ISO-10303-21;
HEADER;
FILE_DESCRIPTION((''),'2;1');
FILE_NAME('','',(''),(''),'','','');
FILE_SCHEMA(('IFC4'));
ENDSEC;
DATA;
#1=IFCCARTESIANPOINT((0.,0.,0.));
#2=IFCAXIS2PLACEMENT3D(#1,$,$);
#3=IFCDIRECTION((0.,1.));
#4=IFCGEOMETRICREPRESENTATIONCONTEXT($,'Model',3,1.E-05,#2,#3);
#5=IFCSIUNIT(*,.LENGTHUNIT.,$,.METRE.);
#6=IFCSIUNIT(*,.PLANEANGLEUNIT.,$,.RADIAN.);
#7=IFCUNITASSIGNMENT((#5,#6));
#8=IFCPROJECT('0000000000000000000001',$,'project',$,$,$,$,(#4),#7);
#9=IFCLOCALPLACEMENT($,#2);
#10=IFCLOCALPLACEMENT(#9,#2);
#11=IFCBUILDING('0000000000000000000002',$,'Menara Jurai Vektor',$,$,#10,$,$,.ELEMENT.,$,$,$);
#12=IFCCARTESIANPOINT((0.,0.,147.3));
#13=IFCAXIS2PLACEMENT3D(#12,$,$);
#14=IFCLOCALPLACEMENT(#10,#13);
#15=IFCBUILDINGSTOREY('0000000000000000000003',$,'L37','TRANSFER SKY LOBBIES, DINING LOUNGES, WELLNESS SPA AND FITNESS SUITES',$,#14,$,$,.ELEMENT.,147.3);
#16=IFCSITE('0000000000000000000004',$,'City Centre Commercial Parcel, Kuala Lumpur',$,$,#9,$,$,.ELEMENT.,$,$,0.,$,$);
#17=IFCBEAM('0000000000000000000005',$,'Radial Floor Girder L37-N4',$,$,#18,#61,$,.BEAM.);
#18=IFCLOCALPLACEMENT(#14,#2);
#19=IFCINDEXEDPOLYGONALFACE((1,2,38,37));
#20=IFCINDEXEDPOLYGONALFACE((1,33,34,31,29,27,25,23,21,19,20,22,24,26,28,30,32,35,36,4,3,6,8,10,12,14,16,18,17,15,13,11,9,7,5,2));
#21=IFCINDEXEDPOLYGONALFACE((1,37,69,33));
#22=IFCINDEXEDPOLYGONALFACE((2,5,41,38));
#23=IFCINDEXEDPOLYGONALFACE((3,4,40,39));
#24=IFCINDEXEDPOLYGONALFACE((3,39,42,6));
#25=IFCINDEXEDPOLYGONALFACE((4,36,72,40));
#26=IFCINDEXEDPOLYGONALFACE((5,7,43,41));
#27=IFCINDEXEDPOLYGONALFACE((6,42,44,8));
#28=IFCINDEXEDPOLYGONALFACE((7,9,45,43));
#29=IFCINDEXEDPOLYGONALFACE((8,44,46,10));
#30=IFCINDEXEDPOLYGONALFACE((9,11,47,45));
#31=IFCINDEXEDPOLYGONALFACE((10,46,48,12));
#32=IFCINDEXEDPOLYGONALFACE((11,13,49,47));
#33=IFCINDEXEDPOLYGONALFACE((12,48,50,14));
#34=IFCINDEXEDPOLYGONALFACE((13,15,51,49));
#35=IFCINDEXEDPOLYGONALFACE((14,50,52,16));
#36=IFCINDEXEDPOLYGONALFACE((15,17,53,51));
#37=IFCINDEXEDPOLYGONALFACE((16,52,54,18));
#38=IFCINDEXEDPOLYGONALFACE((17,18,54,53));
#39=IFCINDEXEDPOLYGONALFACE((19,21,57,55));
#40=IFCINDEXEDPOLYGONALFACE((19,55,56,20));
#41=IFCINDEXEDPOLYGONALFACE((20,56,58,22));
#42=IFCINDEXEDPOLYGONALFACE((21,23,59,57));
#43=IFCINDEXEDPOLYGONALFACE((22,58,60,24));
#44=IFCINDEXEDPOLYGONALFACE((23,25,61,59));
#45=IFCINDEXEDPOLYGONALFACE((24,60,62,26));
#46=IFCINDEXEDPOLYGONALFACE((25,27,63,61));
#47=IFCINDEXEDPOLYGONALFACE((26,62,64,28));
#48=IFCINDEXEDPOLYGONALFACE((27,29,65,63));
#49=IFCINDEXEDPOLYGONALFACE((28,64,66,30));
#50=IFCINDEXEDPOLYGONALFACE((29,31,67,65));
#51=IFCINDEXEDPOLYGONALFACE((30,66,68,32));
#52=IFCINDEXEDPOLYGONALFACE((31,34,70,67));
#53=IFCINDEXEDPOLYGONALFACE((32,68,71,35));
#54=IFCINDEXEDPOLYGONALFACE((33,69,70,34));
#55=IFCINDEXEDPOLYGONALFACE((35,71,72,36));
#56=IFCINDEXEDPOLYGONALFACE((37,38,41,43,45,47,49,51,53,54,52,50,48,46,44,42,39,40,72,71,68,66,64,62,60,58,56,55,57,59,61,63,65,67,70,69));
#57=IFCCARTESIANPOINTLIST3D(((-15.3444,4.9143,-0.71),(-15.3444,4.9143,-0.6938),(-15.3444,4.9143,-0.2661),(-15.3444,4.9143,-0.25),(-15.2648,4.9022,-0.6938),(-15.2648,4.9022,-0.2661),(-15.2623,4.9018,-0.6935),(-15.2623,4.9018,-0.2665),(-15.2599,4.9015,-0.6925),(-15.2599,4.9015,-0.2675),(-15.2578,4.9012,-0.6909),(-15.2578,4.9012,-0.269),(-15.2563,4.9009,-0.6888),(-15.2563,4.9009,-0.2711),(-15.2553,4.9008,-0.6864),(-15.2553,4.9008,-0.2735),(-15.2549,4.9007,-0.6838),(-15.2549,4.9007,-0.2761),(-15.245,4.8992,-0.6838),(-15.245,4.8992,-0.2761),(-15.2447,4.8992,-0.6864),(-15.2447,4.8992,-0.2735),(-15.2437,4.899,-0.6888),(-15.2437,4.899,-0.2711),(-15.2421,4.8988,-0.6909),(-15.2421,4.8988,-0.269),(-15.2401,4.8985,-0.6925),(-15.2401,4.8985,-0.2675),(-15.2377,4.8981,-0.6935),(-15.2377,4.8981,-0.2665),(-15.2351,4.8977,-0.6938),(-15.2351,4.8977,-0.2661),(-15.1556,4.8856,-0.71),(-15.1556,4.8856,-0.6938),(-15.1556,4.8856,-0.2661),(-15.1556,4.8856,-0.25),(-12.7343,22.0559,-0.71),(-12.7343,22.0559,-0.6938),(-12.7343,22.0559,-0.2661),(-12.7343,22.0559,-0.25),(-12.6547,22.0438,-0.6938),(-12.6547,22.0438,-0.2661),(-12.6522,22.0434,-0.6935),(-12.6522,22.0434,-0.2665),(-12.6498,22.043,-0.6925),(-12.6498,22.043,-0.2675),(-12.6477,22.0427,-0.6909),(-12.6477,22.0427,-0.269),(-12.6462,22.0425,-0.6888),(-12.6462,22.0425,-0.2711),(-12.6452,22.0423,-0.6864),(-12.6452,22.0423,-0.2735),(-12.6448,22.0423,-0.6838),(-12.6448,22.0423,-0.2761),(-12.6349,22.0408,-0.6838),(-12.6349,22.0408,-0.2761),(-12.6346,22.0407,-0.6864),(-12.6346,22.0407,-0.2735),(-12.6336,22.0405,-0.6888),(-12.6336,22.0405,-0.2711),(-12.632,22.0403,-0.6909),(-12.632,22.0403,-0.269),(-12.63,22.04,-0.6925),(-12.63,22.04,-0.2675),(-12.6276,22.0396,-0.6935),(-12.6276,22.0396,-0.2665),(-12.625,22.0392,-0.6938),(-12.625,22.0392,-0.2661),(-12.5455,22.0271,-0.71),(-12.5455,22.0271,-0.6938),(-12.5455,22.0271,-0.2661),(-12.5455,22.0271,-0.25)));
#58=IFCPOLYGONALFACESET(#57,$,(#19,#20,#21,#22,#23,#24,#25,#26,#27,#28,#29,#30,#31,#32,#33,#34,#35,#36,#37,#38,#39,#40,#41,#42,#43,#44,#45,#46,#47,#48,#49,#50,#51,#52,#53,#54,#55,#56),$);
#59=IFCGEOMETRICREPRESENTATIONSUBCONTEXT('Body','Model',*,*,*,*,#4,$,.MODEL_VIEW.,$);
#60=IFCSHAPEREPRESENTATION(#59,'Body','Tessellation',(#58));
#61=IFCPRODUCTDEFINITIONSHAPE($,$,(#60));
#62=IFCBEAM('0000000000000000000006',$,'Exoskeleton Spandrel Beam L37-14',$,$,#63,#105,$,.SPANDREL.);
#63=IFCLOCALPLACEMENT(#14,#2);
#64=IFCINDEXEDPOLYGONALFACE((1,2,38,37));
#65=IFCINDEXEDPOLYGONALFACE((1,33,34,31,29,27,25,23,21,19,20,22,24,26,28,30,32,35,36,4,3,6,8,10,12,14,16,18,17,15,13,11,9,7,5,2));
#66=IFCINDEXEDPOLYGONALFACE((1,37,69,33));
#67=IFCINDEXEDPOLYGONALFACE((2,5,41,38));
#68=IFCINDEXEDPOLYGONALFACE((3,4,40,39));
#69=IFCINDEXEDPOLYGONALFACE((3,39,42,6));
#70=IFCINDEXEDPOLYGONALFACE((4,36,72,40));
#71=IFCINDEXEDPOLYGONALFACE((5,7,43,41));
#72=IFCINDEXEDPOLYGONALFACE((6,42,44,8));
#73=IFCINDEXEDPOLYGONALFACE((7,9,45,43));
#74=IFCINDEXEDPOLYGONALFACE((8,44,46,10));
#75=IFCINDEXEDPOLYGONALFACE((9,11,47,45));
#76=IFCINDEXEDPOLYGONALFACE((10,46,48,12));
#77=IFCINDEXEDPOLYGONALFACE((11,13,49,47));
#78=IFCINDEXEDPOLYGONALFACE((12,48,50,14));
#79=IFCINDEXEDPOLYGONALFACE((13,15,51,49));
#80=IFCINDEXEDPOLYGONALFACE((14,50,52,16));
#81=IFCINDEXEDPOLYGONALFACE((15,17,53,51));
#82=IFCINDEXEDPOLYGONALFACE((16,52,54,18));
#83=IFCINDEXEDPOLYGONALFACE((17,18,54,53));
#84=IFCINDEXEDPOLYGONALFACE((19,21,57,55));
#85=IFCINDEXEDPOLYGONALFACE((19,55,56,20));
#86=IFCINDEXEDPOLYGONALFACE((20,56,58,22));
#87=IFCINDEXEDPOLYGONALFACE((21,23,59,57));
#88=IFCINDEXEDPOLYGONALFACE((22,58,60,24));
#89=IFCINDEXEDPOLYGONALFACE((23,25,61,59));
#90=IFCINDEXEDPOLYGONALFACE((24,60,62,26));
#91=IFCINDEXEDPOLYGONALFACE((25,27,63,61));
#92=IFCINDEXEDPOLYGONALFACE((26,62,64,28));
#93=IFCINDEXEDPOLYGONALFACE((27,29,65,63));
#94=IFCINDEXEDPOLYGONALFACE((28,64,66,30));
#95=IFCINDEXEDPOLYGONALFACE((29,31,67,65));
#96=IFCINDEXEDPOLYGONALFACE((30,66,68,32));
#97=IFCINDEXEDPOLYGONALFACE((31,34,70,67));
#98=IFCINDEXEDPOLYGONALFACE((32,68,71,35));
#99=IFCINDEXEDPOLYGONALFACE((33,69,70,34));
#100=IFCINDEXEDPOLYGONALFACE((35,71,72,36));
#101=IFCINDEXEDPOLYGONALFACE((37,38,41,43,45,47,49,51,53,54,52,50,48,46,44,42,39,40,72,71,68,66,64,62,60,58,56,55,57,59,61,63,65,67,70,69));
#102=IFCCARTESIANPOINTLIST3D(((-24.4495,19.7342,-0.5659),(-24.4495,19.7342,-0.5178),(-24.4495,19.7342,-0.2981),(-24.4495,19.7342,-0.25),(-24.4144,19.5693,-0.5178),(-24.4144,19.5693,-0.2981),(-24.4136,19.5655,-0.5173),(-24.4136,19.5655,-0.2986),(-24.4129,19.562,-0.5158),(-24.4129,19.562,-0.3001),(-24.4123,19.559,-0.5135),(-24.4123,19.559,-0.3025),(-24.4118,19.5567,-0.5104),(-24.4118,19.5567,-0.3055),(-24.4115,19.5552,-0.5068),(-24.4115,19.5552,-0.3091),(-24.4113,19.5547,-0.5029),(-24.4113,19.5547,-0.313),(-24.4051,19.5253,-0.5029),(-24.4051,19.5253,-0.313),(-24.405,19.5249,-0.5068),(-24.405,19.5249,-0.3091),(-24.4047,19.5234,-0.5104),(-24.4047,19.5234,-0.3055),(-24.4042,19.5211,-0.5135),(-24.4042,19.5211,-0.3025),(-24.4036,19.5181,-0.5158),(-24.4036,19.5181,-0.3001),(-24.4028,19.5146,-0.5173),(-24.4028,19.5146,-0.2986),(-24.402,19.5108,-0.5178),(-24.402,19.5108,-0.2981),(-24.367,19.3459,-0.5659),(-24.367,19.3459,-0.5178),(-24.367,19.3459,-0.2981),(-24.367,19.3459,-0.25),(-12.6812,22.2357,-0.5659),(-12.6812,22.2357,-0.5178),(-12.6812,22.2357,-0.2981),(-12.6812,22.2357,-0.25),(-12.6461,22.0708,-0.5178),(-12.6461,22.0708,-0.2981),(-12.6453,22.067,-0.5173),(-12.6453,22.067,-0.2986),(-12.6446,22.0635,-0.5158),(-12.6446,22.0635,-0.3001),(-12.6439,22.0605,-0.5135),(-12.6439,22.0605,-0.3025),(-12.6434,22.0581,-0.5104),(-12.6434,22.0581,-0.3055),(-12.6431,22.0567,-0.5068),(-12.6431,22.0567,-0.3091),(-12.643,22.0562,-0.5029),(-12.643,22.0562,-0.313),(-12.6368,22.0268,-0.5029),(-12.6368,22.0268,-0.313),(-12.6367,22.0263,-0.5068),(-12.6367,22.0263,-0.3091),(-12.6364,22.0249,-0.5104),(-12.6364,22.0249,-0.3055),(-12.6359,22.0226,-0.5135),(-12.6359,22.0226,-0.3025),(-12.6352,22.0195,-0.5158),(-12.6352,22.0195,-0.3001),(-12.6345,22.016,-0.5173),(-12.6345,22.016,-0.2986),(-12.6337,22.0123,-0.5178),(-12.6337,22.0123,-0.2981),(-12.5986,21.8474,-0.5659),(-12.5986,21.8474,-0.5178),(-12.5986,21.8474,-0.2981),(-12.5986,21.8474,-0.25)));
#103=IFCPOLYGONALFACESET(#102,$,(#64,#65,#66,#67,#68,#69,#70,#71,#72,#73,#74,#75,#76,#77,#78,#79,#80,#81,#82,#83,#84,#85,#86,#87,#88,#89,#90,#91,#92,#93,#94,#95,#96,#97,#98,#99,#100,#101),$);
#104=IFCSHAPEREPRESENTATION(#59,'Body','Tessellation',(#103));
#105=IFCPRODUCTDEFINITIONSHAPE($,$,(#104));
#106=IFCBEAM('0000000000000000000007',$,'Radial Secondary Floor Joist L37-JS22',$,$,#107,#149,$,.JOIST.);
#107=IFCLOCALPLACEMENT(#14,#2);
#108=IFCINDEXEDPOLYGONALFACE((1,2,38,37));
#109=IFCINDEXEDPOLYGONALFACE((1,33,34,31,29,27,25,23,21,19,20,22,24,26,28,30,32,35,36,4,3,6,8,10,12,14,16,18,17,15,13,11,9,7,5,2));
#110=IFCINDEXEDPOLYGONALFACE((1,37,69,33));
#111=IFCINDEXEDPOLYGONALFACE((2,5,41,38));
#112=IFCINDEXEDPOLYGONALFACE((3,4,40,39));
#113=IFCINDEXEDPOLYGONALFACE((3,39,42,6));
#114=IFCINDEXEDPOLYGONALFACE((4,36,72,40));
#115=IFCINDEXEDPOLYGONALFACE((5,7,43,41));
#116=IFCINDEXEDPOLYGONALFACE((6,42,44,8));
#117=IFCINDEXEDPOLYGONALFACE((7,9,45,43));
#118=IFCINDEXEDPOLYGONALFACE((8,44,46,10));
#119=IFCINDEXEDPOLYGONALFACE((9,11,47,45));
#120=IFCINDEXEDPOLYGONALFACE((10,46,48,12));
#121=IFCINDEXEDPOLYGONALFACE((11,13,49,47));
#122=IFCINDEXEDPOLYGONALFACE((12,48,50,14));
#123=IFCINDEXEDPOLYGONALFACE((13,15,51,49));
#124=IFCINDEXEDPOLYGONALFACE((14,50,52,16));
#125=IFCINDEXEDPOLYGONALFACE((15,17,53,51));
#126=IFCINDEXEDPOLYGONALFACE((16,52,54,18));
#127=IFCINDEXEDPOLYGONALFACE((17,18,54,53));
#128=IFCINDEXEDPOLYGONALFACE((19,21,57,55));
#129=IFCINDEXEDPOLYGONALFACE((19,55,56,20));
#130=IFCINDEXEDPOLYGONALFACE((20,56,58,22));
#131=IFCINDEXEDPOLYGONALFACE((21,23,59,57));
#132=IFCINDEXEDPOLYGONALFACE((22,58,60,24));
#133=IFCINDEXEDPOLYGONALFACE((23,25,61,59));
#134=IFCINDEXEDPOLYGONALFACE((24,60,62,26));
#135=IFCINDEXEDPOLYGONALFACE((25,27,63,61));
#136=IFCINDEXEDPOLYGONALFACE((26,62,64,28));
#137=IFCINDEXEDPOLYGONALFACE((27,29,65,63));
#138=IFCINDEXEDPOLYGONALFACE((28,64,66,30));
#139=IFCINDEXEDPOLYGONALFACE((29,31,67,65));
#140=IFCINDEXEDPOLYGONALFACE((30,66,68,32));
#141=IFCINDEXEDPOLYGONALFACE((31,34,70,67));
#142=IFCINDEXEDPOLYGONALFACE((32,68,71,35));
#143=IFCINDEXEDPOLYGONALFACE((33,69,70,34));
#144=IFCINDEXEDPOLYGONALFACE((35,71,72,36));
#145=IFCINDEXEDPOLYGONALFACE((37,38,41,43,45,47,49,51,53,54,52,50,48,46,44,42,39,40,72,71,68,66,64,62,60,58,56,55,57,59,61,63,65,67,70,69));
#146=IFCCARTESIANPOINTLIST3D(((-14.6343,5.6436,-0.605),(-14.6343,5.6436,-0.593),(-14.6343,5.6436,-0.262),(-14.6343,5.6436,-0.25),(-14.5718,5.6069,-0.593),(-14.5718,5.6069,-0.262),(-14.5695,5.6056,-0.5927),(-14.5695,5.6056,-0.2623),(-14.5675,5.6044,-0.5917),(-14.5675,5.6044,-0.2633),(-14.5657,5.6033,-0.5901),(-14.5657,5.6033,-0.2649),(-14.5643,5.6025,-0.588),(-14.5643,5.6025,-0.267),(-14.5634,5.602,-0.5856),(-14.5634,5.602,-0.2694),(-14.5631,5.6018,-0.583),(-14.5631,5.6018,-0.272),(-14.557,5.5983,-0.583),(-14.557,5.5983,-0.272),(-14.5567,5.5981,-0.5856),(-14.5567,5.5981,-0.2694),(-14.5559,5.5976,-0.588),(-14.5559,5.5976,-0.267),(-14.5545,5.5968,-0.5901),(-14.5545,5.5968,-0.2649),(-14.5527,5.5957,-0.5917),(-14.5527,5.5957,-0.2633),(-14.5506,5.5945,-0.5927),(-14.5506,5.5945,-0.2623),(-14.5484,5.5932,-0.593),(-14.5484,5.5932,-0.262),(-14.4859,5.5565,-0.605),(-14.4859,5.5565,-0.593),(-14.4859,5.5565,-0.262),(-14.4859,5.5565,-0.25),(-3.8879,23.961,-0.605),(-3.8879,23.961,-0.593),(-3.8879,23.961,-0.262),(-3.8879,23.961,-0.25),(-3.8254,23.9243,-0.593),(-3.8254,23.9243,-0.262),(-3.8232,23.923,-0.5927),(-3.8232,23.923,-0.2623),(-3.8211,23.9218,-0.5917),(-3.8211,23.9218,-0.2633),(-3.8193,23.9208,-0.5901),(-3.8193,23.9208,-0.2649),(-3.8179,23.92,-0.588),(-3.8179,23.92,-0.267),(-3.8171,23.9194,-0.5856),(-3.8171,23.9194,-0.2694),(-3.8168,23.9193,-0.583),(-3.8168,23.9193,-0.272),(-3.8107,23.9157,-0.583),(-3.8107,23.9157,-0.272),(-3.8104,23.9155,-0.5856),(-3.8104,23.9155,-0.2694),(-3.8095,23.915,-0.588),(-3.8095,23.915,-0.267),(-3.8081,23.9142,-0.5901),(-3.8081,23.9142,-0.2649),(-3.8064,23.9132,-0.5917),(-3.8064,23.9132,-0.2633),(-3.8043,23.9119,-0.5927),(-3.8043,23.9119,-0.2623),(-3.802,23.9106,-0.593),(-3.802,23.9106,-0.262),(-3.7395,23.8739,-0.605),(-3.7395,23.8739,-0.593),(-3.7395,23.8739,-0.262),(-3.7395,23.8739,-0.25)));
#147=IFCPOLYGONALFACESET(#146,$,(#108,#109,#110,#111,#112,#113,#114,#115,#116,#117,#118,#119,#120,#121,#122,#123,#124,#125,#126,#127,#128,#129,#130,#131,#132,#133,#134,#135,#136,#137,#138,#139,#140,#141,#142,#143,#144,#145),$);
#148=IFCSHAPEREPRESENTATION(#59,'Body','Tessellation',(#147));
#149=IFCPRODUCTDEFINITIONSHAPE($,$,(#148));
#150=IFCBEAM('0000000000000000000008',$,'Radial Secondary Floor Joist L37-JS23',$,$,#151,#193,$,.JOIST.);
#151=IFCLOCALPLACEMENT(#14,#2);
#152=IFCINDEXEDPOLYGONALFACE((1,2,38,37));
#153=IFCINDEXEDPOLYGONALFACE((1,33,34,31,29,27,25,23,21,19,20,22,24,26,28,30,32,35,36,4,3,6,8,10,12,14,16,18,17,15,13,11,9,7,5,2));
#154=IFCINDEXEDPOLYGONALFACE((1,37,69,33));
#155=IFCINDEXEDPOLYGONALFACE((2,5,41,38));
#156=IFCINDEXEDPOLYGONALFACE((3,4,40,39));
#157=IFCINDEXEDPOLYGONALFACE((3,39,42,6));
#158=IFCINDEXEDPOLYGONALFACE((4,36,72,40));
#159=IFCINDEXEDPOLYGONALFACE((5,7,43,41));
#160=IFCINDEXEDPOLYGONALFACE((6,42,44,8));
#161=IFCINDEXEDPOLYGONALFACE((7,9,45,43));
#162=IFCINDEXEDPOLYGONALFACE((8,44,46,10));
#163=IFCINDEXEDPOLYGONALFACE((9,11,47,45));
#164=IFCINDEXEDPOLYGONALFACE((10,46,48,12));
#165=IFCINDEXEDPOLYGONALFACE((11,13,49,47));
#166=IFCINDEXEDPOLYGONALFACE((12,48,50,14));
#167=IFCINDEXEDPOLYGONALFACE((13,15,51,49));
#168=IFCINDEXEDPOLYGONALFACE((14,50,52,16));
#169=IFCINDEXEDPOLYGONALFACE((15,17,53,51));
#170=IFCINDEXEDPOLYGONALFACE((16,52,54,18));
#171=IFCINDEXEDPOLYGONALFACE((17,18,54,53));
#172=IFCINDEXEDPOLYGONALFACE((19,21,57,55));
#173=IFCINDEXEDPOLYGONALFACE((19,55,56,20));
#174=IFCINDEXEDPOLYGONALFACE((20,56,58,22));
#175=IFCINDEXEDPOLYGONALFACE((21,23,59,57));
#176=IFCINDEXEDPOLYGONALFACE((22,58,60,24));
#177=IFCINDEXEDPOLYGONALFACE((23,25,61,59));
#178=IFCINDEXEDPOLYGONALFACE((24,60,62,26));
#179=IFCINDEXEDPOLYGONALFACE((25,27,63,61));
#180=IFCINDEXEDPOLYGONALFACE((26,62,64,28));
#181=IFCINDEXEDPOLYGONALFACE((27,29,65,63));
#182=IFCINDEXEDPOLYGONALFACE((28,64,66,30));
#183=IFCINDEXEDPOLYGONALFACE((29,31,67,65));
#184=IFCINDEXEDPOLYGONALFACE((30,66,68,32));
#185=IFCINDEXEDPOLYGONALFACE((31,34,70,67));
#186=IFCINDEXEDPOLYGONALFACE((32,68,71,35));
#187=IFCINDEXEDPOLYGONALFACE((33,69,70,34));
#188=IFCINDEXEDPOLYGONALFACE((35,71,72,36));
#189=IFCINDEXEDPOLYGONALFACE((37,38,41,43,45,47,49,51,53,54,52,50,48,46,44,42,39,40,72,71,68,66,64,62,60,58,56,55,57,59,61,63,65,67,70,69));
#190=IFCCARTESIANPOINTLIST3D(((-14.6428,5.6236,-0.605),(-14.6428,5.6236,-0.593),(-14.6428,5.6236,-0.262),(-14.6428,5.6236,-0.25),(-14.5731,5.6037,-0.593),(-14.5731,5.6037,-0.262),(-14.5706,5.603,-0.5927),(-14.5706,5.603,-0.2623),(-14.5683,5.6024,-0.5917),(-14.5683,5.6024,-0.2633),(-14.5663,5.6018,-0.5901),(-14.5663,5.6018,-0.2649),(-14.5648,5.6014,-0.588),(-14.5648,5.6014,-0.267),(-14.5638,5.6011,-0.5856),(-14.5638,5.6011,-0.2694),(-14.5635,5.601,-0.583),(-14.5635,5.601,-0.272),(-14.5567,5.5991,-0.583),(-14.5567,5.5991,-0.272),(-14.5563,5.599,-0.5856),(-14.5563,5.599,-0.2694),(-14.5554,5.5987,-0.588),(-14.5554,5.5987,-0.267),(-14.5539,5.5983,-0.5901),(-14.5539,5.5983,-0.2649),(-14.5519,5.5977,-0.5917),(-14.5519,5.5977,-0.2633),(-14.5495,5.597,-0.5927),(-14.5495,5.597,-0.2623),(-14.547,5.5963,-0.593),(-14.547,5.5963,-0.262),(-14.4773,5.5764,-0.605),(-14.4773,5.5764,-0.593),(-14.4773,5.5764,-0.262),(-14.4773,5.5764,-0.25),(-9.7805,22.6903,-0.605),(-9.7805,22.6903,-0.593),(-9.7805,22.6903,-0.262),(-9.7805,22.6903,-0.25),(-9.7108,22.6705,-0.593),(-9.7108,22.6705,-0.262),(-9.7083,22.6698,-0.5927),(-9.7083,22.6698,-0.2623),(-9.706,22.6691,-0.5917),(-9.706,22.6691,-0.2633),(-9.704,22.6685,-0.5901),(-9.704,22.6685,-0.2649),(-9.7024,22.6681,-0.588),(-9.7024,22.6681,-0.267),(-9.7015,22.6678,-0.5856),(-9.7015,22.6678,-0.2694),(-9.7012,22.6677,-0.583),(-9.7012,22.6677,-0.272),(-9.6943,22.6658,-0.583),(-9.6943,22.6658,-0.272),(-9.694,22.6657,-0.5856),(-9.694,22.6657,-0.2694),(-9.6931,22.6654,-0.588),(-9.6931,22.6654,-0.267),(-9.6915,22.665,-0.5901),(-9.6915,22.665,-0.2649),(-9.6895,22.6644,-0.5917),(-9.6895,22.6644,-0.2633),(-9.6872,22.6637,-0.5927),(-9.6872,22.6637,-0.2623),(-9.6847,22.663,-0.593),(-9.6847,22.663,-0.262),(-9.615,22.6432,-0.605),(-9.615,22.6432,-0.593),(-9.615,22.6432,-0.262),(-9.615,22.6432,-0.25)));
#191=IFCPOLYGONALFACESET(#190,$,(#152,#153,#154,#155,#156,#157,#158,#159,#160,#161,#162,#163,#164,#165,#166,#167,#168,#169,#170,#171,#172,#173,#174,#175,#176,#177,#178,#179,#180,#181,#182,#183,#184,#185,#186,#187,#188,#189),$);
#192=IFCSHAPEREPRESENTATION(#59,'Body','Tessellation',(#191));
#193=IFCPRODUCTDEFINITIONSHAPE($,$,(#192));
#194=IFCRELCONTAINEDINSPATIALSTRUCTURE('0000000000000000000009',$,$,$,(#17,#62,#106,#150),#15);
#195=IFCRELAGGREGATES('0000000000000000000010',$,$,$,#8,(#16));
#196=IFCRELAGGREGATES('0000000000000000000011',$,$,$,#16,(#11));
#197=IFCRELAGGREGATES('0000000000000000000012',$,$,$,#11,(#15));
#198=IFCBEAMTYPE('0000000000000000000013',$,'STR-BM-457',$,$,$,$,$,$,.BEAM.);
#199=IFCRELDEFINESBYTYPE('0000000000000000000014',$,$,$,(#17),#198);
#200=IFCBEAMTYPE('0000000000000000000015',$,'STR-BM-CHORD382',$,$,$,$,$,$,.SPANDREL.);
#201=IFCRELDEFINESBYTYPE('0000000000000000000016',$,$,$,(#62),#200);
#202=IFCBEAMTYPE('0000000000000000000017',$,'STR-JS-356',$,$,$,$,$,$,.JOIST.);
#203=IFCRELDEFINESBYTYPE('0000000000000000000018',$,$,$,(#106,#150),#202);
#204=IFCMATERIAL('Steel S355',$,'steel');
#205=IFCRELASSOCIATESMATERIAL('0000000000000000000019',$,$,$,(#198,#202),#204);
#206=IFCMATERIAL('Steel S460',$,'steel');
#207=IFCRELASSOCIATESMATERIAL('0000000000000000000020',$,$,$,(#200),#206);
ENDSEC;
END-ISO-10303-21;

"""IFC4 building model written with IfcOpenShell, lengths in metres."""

from ifc_helpers import new_model, si_unit, direction, frame, origin, origin_2d, place, context, subcontext, project, spatial, i_section, extrude, material, material_profile, profile_set, type_object, element, save


model = new_model("IFC4")

# Units and contexts
model_context = context("Model", 3, precision=1e-05, world=origin(), true_north=direction((0.0, 1.0)))
body_context = subcontext(model_context, "Body", "Model", "MODEL_VIEW")
ifc_project = project(units=[si_unit("LENGTHUNIT", "METRE"), si_unit("PLANEANGLEUNIT", "RADIAN")], contexts=[model_context])

# Site, building, storey
site_placement = place(None, origin())
site = spatial("IfcSite", under=ifc_project, at=site_placement, Name="City Centre Commercial Parcel, Kuala Lumpur", CompositionType="ELEMENT", RefElevation=0.0)
building_placement = place(site_placement, origin())
building = spatial("IfcBuilding", under=site, at=building_placement, Name="Menara Jurai Vektor", CompositionType="ELEMENT")
storey_placement = place(building_placement, frame((0.0, 0.0, 147.3)))
storey = spatial("IfcBuildingStorey", under=building, at=storey_placement, Name="L37", Description="TRANSFER SKY LOBBIES, DINING LOUNGES, WELLNESS SPA AND FITNESS SUITES", CompositionType="ELEMENT", Elevation=147.3)

# Shared definitions
ifc_material_1 = material(Name="Steel S460", Category="steel")

# Beams
ifc_material_2 = material(Name="Steel S355", Category="steel")
ifc_material_profile_1 = material_profile(ifc_material_2, i_section(OverallWidth=0.1909, OverallDepth=0.46, WebThickness=0.01, FlangeThickness=0.0161, FilletRadius=0.01, at=origin_2d()), Name="UKB 457x191x82")
ifc_profile_set_1 = profile_set([ifc_material_profile_1], Name="Steel S355")
beam_type_1 = type_object("IfcBeamType", Name="STR-BM-457", PredefinedType="BEAM", material=ifc_profile_set_1)
beam_1_placement = place(storey_placement, frame((-12.6399, 22.0415, -0.48), z_axis=(-0.150532, -0.988605, 0.0), x_axis=(0.988605, -0.150532, 0.0)))
element("IfcBeam", 1, at=beam_1_placement, inside=storey, type_object=beam_type_1, Name="Radial Floor Girder L37-N4", PredefinedType="BEAM", context=body_context, shape_type="SweptSolid", body=[
    extrude(i_section(OverallWidth=0.1909, OverallDepth=0.46, WebThickness=0.01, FlangeThickness=0.0161, FilletRadius=0.01, at=origin_2d()), origin(), (0.0, 0.0, 1.0), 17.3391),
])
ifc_material_profile_2 = material_profile(ifc_material_1, i_section(OverallWidth=0.397, OverallDepth=0.3159, WebThickness=0.03, FlangeThickness=0.0481, FilletRadius=0.0149, at=origin_2d()), Name="HD 400x382")
ifc_profile_set_2 = profile_set([ifc_material_profile_2], Name="Steel S460")
beam_type_2 = type_object("IfcBeamType", Name="STR-BM-CHORD382", PredefinedType="SPANDREL", material=ifc_profile_set_2)
beam_2_placement = place(storey_placement, frame((-12.6399, 22.0415, -0.408), z_axis=(-0.978147, -0.207914, 0.0), x_axis=(0.207914, -0.978147, 0.0)))
element("IfcBeam", 2, at=beam_2_placement, inside=storey, type_object=beam_type_2, Name="Exoskeleton Spandrel Beam L37-14", PredefinedType="SPANDREL", context=body_context, shape_type="SweptSolid", body=[
    extrude(i_section(OverallWidth=0.397, OverallDepth=0.3159, WebThickness=0.03, FlangeThickness=0.0481, FilletRadius=0.0149, at=origin_2d()), origin(), (0.0, 0.0, 1.0), 12.0312),
])
ifc_material_profile_3 = material_profile(ifc_material_2, i_section(OverallWidth=0.1721, OverallDepth=0.355, WebThickness=0.0071, FlangeThickness=0.012, FilletRadius=0.01, at=origin_2d()), Name="UKB 356x171x51")
ifc_profile_set_3 = profile_set([ifc_material_profile_3], Name="Steel S355")
beam_type_3 = type_object("IfcBeamType", Name="STR-JS-356", PredefinedType="JOIST", material=ifc_profile_set_3)
beam_3_placement = place(storey_placement, frame((-3.8137, 23.9175, -0.4275), z_axis=(-0.50602, -0.862522, 0.0), x_axis=(0.862522, -0.50602, 0.0)))
element("IfcBeam", 3, at=beam_3_placement, inside=storey, type_object=beam_type_3, Name="Radial Secondary Floor Joist L37-JS22", PredefinedType="JOIST", context=body_context, shape_type="SweptSolid", body=[
    extrude(i_section(OverallWidth=0.1721, OverallDepth=0.355, WebThickness=0.0071, FlangeThickness=0.012, FilletRadius=0.01, at=origin_2d()), origin(), (0.0, 0.0, 1.0), 21.2371),
])
beam_4_placement = place(storey_placement, frame((-9.6978, 22.6667, -0.4275), z_axis=(-0.273998, -0.96173, 0.0), x_axis=(0.96173, -0.273998, 0.0)))
element("IfcBeam", 4, at=beam_4_placement, inside=storey, type_object=beam_type_3, Name="Radial Secondary Floor Joist L37-JS23", PredefinedType="JOIST", context=body_context, shape_type="SweptSolid", body=[
    extrude(i_section(OverallWidth=0.1721, OverallDepth=0.355, WebThickness=0.0071, FlangeThickness=0.012, FilletRadius=0.01, at=origin_2d()), origin(), (0.0, 0.0, 1.0), 17.7458),
])

save(model, "model.ifc")
